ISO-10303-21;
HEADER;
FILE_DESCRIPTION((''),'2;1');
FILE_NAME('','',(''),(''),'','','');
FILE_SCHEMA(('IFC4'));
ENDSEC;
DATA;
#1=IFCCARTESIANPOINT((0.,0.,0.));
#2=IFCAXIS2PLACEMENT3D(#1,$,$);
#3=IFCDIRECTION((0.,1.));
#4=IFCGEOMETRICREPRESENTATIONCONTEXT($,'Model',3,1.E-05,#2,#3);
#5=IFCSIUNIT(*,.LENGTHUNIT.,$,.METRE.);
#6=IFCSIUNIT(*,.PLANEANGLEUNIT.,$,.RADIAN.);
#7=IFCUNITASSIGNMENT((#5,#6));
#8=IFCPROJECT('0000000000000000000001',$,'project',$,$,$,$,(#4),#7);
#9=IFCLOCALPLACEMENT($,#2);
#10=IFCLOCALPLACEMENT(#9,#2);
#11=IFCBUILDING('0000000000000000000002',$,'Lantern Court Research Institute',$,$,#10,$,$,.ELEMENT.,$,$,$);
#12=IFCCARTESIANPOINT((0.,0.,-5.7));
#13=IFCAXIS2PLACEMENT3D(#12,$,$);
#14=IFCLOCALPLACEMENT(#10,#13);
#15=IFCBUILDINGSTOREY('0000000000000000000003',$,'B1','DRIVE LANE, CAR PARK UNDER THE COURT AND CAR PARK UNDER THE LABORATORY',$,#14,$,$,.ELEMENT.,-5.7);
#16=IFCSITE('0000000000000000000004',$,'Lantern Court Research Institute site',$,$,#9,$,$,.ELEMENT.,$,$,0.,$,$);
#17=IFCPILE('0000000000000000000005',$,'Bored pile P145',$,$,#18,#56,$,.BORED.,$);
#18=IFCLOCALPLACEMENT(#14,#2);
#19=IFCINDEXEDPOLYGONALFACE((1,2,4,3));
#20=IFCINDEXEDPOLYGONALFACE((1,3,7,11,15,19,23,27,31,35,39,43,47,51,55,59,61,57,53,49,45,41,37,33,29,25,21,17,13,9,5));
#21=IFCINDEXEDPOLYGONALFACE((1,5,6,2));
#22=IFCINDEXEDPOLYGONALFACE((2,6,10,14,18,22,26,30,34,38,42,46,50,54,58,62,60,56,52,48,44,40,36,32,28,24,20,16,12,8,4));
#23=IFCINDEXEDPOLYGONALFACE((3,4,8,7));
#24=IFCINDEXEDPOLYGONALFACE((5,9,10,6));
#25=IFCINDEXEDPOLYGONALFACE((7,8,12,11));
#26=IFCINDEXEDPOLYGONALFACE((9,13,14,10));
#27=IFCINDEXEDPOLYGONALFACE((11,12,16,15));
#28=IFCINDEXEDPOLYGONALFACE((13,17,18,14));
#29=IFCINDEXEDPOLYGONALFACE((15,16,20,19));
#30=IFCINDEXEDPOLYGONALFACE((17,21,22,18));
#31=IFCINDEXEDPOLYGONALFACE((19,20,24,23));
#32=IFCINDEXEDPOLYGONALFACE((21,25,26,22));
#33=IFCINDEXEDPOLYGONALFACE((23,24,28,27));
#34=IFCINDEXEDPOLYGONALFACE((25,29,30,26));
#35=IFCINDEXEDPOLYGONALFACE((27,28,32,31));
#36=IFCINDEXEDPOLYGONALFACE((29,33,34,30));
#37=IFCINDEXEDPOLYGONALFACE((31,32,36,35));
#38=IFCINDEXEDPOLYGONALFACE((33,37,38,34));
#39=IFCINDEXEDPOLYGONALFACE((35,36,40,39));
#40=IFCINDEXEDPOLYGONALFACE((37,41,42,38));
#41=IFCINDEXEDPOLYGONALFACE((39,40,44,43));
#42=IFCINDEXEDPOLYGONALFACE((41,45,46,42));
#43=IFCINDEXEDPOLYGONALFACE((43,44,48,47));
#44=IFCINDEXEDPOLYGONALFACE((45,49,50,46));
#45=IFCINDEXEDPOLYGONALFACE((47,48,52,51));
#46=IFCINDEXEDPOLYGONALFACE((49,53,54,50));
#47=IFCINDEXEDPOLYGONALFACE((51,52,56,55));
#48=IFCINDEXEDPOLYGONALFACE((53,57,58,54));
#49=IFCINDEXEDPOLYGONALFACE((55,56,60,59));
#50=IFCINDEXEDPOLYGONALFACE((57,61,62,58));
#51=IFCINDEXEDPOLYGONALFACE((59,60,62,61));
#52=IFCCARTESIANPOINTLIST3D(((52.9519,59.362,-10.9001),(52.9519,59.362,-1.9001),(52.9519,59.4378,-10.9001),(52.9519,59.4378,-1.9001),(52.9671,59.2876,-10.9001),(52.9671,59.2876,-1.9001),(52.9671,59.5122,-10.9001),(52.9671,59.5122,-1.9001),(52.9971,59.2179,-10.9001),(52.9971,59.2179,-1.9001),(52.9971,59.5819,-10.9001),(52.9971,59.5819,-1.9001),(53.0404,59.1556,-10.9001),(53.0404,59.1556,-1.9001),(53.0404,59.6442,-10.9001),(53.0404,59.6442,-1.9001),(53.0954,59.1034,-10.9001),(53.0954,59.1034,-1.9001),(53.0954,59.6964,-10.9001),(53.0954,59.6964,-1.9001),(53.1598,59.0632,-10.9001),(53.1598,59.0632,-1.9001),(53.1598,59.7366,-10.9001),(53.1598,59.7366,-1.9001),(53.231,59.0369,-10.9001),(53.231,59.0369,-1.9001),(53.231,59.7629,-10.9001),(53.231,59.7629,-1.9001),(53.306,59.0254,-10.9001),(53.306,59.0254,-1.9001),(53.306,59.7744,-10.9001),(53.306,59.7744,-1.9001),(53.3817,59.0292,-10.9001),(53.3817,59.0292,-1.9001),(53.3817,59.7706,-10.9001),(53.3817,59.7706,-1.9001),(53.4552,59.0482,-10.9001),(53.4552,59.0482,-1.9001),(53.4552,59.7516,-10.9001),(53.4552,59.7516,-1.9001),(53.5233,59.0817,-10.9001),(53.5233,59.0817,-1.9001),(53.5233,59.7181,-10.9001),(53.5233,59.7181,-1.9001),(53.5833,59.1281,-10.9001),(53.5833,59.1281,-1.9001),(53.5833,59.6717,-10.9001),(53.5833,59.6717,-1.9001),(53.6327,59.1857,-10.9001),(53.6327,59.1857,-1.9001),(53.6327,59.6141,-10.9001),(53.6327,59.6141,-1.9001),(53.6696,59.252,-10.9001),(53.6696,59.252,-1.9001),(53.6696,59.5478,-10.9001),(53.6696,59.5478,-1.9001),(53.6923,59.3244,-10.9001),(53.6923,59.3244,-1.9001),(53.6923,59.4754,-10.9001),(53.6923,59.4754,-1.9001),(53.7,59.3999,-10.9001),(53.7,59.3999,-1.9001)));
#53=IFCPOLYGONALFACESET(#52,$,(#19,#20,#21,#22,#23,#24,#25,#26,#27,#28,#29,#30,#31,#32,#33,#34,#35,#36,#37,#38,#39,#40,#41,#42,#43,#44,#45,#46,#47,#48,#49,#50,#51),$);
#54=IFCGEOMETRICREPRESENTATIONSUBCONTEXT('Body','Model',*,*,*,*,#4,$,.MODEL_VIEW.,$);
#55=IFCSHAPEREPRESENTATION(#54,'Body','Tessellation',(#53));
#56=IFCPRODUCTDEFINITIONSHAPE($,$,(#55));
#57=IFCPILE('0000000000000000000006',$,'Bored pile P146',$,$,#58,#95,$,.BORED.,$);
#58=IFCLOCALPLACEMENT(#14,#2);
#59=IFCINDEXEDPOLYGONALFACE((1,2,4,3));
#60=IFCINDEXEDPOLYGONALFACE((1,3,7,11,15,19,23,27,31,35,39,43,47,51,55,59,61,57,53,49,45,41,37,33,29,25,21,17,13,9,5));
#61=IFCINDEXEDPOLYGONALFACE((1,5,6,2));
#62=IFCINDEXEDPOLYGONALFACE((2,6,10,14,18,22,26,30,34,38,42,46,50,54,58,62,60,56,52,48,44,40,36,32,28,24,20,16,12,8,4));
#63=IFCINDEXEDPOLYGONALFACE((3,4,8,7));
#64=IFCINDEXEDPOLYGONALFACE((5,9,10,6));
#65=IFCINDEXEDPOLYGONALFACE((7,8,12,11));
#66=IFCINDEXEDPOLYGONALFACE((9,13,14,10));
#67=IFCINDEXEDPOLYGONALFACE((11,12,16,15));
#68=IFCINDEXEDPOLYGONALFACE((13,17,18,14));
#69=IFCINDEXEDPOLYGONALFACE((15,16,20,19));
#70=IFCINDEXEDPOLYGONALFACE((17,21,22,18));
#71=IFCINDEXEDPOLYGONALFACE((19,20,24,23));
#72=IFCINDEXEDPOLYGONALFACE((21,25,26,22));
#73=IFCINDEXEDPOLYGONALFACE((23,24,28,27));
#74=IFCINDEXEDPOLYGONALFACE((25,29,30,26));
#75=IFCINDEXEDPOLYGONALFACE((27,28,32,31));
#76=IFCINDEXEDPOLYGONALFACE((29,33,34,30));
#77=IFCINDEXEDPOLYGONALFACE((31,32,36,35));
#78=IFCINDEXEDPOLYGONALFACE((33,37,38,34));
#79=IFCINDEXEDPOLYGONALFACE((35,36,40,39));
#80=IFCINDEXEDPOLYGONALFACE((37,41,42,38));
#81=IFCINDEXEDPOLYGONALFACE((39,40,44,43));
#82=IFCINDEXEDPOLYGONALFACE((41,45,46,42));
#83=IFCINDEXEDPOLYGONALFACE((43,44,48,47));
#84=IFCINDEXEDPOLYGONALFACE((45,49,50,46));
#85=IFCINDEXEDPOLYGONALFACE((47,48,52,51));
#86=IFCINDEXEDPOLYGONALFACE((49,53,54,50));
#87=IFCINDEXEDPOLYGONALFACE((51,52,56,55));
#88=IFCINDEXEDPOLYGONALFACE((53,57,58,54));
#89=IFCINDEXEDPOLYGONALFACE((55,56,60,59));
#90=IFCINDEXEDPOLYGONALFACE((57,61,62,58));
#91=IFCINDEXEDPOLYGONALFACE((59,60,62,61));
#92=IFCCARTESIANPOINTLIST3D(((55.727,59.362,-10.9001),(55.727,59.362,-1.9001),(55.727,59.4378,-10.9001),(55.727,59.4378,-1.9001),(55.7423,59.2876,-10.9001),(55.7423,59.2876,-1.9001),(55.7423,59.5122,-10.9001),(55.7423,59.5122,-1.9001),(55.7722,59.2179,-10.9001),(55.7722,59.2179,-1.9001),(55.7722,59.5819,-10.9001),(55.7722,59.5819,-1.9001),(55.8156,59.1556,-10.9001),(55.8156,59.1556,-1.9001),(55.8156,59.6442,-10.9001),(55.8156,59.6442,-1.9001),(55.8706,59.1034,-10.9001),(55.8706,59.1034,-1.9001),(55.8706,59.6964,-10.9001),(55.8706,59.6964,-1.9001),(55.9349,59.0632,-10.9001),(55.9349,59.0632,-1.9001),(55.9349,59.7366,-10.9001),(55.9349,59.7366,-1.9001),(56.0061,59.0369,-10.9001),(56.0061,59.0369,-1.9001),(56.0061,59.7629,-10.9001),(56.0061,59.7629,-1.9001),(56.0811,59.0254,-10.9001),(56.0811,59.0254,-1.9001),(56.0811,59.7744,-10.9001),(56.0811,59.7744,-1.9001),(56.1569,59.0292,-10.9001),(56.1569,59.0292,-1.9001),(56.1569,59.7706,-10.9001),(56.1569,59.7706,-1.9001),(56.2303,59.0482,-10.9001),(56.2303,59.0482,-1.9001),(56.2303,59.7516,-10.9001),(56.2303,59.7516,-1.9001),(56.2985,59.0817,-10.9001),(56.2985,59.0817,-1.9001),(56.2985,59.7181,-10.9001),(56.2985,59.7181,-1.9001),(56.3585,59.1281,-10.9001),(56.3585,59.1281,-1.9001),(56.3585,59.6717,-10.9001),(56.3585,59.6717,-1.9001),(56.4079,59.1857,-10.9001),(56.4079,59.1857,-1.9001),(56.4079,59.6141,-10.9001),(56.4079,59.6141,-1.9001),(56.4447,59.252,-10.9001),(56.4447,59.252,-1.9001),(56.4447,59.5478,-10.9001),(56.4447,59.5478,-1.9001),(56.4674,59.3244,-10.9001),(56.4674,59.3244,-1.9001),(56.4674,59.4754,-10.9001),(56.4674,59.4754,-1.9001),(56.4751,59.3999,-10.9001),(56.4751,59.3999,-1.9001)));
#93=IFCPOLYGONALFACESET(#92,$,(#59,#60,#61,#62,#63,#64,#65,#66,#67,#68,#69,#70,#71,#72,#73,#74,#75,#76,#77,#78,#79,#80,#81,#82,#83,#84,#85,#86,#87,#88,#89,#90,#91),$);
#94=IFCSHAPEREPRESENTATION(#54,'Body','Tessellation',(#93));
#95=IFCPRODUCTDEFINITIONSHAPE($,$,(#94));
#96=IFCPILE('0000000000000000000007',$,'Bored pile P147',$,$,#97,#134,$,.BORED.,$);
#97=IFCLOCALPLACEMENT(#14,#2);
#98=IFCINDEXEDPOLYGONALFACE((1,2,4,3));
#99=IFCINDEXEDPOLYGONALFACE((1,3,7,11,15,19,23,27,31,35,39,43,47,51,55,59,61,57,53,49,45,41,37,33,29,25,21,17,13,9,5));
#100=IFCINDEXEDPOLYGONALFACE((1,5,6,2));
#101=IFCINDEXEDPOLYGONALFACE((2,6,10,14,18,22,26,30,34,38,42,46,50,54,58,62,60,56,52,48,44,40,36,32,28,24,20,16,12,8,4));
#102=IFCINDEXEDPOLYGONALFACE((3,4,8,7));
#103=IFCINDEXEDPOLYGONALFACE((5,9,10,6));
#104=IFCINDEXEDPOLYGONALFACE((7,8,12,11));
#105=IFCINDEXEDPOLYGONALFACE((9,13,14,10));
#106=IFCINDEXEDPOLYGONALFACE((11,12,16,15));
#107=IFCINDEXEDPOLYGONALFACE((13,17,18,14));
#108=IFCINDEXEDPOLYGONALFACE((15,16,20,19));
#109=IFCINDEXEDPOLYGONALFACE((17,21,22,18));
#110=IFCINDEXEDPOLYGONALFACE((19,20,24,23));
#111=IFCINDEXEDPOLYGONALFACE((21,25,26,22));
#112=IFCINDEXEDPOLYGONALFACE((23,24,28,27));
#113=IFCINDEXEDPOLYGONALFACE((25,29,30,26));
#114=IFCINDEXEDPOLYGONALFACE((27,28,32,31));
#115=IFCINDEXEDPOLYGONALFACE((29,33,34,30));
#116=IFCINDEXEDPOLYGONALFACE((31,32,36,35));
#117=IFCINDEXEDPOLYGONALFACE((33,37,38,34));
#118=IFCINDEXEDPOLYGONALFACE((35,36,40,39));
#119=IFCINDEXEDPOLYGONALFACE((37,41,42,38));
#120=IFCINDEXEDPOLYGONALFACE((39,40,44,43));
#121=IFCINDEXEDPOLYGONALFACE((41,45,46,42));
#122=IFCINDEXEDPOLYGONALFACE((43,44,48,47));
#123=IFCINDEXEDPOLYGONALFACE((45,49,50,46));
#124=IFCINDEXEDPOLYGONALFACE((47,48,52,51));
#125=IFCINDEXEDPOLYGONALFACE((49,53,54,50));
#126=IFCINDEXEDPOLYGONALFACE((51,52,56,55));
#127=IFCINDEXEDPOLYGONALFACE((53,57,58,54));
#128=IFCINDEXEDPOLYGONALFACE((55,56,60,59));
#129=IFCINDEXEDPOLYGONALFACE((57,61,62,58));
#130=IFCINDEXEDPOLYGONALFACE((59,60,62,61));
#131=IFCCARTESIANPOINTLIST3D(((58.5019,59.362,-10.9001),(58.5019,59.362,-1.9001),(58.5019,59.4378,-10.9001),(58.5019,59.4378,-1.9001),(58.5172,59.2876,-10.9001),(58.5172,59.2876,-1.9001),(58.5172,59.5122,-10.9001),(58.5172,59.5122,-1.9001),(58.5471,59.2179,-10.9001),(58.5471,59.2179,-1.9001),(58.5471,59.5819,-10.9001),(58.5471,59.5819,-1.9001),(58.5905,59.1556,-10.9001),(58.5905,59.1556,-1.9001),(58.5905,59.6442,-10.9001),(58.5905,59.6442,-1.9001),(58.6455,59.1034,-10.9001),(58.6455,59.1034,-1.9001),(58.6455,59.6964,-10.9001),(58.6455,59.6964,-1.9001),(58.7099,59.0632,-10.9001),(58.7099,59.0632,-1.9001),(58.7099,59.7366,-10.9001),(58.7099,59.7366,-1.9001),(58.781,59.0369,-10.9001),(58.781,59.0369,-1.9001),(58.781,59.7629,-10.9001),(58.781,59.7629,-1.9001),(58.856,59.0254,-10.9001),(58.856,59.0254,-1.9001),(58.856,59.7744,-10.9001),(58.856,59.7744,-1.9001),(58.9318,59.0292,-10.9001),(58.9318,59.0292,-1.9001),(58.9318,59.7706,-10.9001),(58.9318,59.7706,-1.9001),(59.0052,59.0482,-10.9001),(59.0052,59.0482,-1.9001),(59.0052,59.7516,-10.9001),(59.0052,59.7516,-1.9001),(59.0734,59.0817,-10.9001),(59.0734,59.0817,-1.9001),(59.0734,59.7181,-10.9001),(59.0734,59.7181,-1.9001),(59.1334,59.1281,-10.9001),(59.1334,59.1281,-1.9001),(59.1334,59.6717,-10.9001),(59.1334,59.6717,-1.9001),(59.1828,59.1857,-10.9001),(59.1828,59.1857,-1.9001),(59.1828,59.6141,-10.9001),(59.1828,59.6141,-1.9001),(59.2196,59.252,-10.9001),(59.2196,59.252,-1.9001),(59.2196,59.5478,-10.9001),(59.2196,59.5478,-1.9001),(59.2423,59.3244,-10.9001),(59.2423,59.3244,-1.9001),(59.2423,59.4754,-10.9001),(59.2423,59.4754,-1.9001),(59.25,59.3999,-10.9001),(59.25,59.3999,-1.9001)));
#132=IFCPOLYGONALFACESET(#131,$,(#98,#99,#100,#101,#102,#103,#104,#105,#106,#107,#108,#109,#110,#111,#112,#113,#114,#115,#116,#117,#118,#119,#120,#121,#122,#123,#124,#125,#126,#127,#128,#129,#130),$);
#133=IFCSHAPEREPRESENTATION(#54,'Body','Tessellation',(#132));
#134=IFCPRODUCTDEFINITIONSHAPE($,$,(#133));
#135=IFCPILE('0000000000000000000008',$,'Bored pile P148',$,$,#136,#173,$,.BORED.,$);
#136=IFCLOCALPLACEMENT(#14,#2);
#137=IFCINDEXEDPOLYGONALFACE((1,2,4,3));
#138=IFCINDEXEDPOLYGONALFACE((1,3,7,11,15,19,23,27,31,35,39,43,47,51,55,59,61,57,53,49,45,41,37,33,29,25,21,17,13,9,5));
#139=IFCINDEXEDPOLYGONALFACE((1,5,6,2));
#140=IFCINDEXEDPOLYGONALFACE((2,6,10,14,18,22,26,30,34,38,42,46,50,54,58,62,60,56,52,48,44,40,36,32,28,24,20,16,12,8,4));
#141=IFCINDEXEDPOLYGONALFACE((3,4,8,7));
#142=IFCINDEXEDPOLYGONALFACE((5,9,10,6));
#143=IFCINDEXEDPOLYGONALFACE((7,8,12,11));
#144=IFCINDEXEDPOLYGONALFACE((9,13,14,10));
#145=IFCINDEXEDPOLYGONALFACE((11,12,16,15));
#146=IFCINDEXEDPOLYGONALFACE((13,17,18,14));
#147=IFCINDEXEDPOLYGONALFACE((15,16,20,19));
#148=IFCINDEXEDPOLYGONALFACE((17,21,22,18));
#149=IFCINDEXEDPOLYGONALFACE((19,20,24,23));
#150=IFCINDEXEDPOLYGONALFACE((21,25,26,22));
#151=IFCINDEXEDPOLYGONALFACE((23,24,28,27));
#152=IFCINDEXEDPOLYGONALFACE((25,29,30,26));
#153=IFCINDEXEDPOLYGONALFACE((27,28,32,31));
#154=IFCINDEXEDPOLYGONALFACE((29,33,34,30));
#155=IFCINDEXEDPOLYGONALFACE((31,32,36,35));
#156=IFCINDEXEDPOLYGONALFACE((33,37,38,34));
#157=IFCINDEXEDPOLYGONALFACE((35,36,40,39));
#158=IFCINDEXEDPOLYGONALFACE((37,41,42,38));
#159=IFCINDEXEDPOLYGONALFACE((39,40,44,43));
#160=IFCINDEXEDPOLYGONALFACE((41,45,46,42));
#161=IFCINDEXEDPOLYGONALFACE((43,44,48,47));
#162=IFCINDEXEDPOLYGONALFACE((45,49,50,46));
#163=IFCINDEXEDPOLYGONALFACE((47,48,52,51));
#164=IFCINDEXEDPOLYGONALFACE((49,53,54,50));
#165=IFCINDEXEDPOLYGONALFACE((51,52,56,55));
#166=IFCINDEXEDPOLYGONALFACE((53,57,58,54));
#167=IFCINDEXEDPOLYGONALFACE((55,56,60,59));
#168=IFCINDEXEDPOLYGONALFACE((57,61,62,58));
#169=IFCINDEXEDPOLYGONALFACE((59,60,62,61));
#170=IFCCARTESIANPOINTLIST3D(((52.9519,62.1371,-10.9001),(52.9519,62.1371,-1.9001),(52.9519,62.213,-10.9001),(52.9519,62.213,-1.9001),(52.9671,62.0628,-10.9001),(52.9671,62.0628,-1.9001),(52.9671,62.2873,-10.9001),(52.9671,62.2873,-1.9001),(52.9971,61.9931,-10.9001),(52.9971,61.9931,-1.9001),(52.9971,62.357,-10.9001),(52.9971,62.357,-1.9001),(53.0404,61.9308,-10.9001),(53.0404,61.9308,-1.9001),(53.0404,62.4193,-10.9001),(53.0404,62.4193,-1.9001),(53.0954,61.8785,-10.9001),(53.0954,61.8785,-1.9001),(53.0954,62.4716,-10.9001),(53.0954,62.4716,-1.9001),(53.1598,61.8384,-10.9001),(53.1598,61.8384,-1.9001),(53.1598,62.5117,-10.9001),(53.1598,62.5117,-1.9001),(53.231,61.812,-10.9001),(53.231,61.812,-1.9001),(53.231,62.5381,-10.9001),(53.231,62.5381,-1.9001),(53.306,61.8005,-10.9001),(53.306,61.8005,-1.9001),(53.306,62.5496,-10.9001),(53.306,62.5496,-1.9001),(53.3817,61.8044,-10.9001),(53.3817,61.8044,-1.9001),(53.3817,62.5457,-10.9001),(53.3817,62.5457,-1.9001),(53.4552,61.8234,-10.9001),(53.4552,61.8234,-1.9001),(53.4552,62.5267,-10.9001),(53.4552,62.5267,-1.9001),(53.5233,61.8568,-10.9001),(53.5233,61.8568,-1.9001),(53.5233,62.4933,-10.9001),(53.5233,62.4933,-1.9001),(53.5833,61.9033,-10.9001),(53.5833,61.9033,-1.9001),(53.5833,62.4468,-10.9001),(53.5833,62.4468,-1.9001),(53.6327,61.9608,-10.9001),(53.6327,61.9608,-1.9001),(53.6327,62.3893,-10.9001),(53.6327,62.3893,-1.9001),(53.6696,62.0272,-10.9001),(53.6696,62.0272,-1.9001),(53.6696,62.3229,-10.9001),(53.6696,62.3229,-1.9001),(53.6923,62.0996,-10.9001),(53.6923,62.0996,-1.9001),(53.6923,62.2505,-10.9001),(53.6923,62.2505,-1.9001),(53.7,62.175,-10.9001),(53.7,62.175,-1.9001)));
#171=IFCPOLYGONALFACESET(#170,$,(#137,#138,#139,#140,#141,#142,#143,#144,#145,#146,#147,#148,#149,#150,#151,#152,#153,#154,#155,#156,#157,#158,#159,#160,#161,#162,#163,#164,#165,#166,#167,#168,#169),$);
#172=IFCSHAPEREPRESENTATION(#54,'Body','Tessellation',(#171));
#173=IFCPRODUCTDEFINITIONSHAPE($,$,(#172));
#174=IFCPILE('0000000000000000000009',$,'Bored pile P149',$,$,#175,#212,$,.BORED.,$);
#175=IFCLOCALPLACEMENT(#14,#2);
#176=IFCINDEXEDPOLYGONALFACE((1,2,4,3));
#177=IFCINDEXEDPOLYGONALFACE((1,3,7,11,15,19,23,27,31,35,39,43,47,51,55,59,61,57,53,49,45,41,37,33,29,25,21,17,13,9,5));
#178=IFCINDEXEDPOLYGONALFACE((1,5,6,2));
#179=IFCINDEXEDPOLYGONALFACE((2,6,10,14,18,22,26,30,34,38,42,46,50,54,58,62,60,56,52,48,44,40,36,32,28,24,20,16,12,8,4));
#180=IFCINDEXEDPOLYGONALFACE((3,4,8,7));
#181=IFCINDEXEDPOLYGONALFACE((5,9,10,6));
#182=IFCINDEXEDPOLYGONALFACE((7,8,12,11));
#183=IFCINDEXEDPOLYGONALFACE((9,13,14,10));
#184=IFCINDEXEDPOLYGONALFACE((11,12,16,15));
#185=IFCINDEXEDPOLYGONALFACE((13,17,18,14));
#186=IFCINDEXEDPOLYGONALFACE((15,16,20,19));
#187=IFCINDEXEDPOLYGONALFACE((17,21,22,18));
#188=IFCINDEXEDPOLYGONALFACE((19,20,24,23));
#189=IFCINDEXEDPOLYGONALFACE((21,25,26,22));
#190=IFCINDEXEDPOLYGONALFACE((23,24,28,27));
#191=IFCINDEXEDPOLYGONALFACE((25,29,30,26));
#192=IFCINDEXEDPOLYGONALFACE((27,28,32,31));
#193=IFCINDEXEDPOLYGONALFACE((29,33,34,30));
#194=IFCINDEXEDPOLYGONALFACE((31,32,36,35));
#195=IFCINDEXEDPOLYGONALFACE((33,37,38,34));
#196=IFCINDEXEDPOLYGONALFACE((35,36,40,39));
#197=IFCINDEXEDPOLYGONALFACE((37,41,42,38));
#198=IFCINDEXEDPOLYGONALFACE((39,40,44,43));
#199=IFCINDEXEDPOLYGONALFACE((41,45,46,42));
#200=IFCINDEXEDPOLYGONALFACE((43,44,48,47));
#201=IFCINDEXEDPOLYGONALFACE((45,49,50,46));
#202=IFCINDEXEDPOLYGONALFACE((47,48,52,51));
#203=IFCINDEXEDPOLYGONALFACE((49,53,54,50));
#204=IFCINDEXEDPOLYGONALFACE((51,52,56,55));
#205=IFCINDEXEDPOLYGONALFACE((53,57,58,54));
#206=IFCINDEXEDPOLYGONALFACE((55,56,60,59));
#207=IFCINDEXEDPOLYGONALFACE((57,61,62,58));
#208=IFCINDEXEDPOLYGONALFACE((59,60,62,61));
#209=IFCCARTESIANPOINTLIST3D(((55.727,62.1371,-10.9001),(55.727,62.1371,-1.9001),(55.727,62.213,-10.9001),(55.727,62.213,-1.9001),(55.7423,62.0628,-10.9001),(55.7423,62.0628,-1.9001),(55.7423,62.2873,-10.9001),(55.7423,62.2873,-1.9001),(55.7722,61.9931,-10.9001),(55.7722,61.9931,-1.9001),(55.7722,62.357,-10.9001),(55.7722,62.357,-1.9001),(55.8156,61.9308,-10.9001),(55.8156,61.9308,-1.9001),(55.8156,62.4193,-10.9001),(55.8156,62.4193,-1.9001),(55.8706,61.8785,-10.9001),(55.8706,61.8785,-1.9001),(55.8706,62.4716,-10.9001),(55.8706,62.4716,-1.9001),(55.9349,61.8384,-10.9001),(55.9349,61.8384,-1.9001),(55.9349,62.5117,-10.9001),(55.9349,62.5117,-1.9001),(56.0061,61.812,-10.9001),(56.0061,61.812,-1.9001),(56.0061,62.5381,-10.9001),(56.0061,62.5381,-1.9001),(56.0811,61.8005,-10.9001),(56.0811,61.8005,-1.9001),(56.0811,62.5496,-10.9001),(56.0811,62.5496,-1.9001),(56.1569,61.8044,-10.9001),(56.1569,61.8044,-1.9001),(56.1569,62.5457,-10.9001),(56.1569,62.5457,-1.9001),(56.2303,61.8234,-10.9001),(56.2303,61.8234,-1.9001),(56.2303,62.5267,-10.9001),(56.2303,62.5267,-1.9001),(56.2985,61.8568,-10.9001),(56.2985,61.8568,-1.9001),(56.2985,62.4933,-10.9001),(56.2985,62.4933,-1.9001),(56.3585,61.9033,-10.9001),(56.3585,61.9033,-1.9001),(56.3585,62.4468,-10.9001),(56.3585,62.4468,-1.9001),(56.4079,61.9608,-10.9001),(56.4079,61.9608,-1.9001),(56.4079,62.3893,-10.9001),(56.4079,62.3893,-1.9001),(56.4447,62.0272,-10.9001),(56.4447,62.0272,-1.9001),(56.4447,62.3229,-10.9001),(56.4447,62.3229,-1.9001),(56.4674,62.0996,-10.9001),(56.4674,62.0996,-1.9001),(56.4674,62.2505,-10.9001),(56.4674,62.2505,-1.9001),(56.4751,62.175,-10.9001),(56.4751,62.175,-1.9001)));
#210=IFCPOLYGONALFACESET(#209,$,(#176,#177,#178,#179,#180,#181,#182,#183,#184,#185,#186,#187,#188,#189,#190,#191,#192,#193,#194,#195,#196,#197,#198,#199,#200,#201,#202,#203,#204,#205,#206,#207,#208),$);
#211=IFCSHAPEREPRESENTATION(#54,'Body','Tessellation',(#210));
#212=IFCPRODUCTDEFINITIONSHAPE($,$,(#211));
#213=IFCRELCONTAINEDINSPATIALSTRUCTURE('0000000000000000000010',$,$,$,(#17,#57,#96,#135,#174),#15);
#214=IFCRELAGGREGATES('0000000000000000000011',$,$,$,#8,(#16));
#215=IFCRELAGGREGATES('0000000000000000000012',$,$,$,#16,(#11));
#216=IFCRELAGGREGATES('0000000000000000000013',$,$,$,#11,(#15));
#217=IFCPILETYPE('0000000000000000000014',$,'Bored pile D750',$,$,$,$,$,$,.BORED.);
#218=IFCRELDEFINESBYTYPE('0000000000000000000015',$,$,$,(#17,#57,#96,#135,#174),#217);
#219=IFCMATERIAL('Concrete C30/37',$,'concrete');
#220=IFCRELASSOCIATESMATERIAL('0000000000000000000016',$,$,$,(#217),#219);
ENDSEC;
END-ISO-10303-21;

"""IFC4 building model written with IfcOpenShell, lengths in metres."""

from ifc_helpers import new_model, si_unit, direction, frame, origin, origin_2d, place, context, subcontext, project, spatial, circle, extrude, material, material_profile, profile_set, type_object, element, save


model = new_model("IFC4")

# Units and contexts
model_context = context("Model", 3, precision=1e-05, world=origin(), true_north=direction((0.0, 1.0)))
body_context = subcontext(model_context, "Body", "Model", "MODEL_VIEW")
ifc_project = project(units=[si_unit("LENGTHUNIT", "METRE"), si_unit("PLANEANGLEUNIT", "RADIAN")], contexts=[model_context])

# Site, building, storey
site_placement = place(None, origin())
site = spatial("IfcSite", under=ifc_project, at=site_placement, Name="Lantern Court Research Institute site", CompositionType="ELEMENT", RefElevation=0.0)
building_placement = place(site_placement, origin())
building = spatial("IfcBuilding", under=site, at=building_placement, Name="Lantern Court Research Institute", CompositionType="ELEMENT")
storey_placement = place(building_placement, frame((0.0, 0.0, -5.7)))
storey = spatial("IfcBuildingStorey", under=building, at=storey_placement, Name="B1", Description="DRIVE LANE, CAR PARK UNDER THE COURT AND CAR PARK UNDER THE LABORATORY", CompositionType="ELEMENT", Elevation=-5.7)

# Piles
ifc_material_1 = material(Name="Concrete C30/37", Category="concrete")
ifc_material_profile_1 = material_profile(ifc_material_1, circle(Radius=0.375, at=origin_2d()), Name="Bored pile D750")
ifc_profile_set_1 = profile_set([ifc_material_profile_1], Name="Concrete C30/37")
pile_type_1 = type_object("IfcPileType", Name="Bored pile D750", PredefinedType="BORED", material=ifc_profile_set_1)
for number, where, z_axis, x_axis, name in (
    (1, (53.325, 59.3999, -1.9001), (0.0, 0.0, -1.0), (1.0, 0.0, 0.0), "Bored pile P145"),
    (2, (56.1001, 59.3999, -1.9001), (0.0, 0.0, -1.0), (1.0, 0.0, 0.0), "Bored pile P146"),
    (3, (58.875, 59.3999, -1.9001), (0.0, 0.0, -1.0), (1.0, 0.0, 0.0), "Bored pile P147"),
    (4, (53.325, 62.175, -1.9001), (0.0, 0.0, -1.0), (1.0, 0.0, 0.0), "Bored pile P148"),
    (5, (56.1001, 62.175, -1.9001), (0.0, 0.0, -1.0), (1.0, 0.0, 0.0), "Bored pile P149"),
):
    element("IfcPile", number, at=place(storey_placement, frame(where, z_axis=z_axis, x_axis=x_axis)), inside=storey, type_object=pile_type_1, Name=name, PredefinedType="BORED", context=body_context, shape_type="SweptSolid", body=[
        extrude(circle(Radius=0.375, at=origin_2d()), origin(), (0.0, 0.0, 1.0), 9.0),
    ])

save(model, "model.ifc")
